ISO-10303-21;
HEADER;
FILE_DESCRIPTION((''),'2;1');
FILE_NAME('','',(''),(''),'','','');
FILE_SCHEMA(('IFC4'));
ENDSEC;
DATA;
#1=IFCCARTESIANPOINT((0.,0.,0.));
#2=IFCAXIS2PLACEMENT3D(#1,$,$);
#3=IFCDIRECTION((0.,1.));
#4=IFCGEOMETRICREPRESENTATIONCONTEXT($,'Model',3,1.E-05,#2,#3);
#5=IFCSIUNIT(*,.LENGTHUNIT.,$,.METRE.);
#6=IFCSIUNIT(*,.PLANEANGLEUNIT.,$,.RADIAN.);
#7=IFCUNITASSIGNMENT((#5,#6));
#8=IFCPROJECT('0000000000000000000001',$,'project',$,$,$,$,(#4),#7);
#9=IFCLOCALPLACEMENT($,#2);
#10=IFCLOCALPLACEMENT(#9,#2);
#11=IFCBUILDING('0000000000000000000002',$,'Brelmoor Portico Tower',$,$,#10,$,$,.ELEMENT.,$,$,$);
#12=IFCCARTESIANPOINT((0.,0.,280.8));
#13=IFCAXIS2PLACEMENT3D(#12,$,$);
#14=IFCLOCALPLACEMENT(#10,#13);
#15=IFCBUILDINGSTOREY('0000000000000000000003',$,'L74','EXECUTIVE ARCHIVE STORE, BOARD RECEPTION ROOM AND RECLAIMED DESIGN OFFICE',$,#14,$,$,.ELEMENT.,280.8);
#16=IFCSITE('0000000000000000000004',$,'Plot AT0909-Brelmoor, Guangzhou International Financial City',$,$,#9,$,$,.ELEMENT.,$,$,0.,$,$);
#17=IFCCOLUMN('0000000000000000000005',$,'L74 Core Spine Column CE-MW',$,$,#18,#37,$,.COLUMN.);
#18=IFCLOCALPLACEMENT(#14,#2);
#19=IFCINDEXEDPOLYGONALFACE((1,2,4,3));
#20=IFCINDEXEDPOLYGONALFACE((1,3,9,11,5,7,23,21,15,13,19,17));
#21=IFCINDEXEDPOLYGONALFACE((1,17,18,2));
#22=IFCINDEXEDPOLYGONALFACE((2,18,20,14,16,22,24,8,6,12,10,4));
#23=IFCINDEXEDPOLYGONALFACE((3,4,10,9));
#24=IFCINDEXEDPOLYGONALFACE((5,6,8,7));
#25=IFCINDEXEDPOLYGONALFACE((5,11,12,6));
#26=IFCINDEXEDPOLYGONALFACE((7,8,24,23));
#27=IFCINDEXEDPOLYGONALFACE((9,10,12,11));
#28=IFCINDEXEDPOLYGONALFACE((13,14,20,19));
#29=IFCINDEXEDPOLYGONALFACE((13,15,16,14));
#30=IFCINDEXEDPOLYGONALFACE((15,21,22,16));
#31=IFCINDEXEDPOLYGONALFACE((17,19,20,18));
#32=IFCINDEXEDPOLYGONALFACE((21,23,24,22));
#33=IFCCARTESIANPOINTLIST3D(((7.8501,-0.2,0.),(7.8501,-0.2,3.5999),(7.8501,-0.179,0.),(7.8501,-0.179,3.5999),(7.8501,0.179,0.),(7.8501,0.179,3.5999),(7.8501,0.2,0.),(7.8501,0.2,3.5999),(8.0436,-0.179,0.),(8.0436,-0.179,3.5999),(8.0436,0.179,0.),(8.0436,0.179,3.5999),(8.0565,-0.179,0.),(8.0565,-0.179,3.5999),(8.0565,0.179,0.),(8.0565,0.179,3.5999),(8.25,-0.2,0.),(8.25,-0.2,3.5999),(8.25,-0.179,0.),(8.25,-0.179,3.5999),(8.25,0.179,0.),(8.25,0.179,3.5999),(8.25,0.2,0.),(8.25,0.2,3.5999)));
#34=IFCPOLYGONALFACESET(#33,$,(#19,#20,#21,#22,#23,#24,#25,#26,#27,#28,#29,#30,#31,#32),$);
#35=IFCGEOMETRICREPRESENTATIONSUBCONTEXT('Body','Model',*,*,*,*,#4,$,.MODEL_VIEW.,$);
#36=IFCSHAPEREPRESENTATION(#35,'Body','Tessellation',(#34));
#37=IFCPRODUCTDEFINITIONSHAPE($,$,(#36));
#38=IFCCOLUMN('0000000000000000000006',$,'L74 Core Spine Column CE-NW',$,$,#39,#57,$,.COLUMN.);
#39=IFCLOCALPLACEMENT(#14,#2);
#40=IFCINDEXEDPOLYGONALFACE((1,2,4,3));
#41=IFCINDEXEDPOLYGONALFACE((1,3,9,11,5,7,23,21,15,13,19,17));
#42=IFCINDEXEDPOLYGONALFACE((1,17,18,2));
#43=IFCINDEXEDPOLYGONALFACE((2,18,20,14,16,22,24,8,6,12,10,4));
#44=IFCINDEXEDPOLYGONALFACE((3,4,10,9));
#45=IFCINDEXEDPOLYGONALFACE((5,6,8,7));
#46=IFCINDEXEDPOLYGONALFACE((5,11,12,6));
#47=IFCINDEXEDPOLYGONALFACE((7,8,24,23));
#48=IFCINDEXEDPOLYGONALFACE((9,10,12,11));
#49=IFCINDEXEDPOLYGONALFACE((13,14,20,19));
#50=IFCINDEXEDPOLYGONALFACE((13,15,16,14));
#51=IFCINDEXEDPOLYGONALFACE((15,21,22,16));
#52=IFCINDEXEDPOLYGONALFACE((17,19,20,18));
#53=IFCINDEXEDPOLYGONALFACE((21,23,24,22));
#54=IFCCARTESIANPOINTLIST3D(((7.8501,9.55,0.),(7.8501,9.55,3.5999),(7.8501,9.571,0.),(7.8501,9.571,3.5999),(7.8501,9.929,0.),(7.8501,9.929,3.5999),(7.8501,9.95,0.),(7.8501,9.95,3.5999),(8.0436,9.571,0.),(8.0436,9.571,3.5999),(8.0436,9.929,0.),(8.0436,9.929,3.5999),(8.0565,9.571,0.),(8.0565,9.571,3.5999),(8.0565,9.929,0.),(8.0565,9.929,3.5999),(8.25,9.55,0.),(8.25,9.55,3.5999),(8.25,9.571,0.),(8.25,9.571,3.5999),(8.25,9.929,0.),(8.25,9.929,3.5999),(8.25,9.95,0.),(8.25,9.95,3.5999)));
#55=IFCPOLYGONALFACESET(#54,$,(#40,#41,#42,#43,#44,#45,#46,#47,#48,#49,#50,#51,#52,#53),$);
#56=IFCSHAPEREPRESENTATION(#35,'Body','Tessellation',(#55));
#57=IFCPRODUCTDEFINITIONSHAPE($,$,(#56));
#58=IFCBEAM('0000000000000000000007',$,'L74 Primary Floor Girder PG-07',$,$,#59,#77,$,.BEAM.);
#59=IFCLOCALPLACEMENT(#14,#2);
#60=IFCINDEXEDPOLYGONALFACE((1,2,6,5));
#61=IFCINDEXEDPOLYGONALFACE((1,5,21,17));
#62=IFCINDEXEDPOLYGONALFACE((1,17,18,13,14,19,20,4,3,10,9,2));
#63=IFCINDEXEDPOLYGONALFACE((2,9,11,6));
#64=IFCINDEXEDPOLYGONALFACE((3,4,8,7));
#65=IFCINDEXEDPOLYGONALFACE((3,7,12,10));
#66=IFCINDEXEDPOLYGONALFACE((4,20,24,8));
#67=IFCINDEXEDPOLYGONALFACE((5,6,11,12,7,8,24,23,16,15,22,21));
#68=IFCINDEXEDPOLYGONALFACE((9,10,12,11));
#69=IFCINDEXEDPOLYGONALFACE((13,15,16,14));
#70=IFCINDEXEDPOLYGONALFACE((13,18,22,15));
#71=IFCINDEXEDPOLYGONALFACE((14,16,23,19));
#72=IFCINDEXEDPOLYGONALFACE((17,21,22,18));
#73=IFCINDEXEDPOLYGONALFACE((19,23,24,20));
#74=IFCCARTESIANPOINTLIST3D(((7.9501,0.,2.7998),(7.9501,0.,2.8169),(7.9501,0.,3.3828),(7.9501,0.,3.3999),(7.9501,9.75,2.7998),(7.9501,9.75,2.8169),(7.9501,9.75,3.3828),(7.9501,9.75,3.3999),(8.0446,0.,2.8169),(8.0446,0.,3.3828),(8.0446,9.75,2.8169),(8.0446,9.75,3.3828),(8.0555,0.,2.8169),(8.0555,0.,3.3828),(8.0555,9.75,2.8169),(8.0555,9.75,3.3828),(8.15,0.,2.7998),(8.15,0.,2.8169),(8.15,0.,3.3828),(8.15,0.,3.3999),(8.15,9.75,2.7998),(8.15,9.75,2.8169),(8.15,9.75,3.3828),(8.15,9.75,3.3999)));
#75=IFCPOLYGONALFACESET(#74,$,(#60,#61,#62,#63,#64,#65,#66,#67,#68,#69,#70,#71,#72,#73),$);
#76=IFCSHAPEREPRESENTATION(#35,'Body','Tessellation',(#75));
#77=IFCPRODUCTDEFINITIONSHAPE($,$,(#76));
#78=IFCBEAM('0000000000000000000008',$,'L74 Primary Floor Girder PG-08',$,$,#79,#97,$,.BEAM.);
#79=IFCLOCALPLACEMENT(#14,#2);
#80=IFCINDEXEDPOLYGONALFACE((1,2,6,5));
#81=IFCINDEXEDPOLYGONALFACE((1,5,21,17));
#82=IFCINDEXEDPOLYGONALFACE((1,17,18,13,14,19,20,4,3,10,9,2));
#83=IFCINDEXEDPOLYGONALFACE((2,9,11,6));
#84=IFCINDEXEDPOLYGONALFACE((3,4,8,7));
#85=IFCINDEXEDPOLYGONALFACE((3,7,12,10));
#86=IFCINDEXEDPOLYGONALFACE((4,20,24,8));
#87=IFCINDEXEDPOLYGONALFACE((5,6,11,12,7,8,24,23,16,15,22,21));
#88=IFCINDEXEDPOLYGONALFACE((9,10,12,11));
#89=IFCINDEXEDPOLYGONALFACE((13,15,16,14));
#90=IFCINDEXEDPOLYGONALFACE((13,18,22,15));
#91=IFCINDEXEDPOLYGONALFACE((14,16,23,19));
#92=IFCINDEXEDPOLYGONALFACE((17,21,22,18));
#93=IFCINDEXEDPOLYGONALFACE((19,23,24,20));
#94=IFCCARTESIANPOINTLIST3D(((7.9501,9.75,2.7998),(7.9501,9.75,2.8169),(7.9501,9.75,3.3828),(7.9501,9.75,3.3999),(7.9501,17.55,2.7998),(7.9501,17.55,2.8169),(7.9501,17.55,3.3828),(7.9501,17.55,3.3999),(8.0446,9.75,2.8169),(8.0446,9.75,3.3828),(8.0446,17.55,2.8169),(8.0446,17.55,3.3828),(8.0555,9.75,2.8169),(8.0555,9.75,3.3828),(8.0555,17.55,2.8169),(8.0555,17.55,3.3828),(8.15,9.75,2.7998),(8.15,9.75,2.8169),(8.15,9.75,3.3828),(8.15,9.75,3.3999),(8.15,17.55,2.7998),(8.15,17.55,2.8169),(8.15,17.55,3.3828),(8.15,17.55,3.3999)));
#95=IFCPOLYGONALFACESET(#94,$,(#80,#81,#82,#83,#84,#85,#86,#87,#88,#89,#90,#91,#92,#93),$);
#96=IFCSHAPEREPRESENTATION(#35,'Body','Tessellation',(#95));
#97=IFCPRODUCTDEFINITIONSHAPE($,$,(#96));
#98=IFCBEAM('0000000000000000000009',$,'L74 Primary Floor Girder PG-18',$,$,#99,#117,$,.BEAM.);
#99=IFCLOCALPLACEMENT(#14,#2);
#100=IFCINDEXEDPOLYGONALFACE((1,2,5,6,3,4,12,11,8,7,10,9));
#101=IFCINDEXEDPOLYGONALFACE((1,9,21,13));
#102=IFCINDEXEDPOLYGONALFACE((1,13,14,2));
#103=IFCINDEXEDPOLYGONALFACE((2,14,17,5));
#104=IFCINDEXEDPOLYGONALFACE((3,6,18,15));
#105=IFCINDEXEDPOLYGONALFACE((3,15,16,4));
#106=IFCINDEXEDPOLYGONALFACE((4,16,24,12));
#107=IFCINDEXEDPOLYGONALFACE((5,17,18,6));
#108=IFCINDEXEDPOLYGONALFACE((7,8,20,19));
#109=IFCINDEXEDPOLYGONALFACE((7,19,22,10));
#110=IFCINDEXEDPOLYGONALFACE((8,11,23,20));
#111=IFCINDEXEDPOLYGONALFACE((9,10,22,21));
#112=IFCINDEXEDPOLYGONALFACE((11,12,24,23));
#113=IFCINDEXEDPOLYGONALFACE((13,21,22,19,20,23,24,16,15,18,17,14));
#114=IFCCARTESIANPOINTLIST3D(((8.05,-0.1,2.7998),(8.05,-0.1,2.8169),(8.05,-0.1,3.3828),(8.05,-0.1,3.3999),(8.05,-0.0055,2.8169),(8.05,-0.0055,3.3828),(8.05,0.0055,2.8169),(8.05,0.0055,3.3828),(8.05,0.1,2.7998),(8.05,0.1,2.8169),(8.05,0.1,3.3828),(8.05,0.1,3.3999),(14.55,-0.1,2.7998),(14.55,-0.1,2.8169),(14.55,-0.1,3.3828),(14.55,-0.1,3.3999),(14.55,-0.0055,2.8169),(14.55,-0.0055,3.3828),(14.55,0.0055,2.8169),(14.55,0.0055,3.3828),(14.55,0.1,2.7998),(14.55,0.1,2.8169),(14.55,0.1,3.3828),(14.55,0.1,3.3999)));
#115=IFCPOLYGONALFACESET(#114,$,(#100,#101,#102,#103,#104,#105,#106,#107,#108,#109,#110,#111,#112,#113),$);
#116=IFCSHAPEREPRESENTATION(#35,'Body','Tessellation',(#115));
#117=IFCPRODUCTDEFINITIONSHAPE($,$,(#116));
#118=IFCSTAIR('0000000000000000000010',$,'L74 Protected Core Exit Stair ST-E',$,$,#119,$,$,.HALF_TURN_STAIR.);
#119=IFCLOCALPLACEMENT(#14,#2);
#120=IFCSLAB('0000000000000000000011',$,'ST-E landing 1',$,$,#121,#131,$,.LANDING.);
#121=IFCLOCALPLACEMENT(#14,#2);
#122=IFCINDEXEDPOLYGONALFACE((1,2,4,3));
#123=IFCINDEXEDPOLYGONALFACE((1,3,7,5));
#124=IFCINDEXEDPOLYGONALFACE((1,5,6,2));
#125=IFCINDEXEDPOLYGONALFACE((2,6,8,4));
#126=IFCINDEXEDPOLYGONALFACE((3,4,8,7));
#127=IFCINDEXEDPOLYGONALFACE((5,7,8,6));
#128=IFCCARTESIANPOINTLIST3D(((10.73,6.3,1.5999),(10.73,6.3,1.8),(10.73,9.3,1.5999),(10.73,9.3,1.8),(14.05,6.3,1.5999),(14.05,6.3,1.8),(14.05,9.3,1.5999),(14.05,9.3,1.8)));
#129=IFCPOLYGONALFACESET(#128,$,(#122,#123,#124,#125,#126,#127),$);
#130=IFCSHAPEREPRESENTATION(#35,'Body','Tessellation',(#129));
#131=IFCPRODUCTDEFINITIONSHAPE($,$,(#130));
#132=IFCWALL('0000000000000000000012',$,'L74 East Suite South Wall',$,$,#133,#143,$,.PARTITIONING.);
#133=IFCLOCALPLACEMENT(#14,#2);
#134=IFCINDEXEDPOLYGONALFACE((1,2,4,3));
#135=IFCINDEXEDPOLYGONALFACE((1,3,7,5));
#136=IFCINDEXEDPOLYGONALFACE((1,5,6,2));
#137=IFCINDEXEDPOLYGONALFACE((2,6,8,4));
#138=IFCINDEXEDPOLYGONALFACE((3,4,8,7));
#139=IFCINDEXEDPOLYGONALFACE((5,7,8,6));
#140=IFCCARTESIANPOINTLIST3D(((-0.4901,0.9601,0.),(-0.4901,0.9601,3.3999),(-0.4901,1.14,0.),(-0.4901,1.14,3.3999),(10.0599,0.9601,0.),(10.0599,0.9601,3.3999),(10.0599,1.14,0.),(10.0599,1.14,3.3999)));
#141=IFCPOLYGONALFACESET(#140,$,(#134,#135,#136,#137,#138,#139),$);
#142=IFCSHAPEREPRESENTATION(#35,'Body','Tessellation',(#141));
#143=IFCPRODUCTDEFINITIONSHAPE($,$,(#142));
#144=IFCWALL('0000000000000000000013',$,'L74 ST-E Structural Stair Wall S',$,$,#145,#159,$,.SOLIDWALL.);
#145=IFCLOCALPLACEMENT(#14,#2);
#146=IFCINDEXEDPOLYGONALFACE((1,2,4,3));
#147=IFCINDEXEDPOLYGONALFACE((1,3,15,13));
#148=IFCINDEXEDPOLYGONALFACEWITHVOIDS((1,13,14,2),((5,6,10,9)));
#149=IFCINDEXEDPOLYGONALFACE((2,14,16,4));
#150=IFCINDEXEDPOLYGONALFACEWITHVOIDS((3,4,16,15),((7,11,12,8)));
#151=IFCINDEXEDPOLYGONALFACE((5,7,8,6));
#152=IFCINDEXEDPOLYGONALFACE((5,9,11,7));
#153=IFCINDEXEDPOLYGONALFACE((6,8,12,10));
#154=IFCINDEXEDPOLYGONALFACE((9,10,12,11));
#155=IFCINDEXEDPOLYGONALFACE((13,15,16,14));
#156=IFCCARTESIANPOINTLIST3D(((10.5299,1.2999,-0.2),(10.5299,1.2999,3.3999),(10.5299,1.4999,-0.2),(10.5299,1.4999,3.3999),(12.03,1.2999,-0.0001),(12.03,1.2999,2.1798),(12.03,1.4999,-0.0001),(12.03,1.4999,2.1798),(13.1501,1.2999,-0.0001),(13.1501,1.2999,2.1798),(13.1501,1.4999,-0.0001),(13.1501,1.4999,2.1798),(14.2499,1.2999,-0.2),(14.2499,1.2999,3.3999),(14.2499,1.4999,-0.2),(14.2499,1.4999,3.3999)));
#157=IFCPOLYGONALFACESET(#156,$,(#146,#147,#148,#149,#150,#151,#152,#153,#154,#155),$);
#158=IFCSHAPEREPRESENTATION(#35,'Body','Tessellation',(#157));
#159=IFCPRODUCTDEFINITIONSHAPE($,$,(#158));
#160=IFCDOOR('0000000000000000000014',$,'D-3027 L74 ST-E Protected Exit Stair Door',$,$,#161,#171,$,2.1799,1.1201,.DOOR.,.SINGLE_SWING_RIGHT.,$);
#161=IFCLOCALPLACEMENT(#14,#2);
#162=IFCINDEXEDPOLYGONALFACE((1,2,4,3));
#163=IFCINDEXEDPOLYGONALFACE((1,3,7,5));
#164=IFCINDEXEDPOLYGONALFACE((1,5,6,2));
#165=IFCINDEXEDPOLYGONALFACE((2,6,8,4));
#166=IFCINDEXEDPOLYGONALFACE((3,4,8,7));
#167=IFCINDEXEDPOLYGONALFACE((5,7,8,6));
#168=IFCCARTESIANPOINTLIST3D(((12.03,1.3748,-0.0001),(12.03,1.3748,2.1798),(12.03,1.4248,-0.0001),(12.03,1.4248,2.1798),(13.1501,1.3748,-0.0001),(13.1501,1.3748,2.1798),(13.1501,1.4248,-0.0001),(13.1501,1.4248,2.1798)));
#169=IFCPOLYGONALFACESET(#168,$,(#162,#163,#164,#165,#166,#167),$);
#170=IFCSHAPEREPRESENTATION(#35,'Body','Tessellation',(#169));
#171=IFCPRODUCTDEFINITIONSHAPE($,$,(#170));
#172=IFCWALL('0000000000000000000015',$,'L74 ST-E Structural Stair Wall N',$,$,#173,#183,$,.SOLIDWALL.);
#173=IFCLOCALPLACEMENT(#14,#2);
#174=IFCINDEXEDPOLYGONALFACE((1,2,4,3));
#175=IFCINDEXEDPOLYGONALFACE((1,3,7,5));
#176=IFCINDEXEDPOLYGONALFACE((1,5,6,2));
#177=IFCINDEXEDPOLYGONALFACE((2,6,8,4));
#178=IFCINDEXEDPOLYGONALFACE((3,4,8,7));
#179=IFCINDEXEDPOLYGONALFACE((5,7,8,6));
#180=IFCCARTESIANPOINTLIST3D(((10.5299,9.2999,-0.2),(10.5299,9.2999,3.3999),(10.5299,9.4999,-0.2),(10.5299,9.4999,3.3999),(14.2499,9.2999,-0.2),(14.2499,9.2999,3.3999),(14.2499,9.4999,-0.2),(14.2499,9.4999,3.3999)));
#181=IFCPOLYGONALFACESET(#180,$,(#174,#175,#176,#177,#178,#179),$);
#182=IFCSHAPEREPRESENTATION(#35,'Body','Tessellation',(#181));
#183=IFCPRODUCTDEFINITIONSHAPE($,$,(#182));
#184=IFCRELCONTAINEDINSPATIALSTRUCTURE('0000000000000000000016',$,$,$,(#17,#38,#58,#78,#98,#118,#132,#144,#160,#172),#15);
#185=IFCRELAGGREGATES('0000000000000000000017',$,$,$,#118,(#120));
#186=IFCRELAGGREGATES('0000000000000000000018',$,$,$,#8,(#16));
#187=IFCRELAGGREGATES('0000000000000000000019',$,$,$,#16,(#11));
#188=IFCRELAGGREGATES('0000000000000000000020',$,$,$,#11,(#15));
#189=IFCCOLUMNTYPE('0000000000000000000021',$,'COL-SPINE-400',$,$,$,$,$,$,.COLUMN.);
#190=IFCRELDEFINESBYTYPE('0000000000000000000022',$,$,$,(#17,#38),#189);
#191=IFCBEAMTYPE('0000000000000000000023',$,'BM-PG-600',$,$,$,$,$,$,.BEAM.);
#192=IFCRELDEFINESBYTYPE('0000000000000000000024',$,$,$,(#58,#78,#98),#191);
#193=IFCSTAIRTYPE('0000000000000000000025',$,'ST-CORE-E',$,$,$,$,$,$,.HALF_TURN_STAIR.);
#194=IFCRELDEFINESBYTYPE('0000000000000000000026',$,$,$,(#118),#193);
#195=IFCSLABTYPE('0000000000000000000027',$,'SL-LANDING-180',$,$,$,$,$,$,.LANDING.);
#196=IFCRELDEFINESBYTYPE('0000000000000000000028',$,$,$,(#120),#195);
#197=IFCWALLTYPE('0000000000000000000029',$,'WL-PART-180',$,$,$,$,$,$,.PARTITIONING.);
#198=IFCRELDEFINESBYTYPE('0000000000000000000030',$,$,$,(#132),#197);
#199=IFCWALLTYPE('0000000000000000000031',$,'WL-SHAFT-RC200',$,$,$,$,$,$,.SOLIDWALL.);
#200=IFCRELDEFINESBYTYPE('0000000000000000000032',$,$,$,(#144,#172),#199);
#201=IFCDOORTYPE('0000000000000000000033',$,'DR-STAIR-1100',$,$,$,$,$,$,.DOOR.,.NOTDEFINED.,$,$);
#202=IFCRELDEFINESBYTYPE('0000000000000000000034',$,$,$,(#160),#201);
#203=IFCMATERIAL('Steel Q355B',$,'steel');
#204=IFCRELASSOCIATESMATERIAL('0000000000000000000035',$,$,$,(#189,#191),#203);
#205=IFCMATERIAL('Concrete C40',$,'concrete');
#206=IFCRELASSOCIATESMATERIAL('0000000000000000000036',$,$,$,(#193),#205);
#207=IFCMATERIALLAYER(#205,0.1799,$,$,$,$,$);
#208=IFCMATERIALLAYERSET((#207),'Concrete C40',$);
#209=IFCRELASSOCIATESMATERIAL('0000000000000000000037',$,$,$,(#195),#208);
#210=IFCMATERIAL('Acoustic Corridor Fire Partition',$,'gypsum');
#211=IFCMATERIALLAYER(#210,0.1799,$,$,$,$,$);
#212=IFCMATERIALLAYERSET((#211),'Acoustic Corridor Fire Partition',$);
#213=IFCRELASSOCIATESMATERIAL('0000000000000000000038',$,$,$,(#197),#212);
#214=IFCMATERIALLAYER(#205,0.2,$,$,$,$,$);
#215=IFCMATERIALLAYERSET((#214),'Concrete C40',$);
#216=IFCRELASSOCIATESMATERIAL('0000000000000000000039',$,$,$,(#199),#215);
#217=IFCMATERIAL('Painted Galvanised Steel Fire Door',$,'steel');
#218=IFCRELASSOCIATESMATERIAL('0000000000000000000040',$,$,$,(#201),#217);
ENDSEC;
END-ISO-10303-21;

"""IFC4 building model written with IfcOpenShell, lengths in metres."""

from ifc_helpers import new_model, si_unit, direction, frame, frame_2d, origin, origin_2d, place, context, subcontext, project, spatial, polyline, rectangle, i_section, outline, extrude, material, layer, layer_set, material_profile, profile_set, type_object, element, fill, aggregate, save


model = new_model("IFC4")

# Units and contexts
model_context = context("Model", 3, precision=1e-05, world=origin(), true_north=direction((0.0, 1.0)))
body_context = subcontext(model_context, "Body", "Model", "MODEL_VIEW")
ifc_project = project(units=[si_unit("LENGTHUNIT", "METRE"), si_unit("PLANEANGLEUNIT", "RADIAN")], contexts=[model_context])

# Site, building, storey
site_placement = place(None, origin())
site = spatial("IfcSite", under=ifc_project, at=site_placement, Name="Plot AT0909-Brelmoor, Guangzhou International Financial City", CompositionType="ELEMENT", RefElevation=0.0)
building_placement = place(site_placement, origin())
building = spatial("IfcBuilding", under=site, at=building_placement, Name="Brelmoor Portico Tower", CompositionType="ELEMENT")
storey_placement = place(building_placement, frame((0.0, 0.0, 280.8)))
storey = spatial("IfcBuildingStorey", under=building, at=storey_placement, Name="L74", Description="EXECUTIVE ARCHIVE STORE, BOARD RECEPTION ROOM AND RECLAIMED DESIGN OFFICE", CompositionType="ELEMENT", Elevation=280.8)

# Columns
ifc_material_1 = material(Name="Steel Q355B", Category="steel")
ifc_material_profile_1 = material_profile(ifc_material_1, i_section(OverallWidth=0.3999, OverallDepth=0.3999, WebThickness=0.0129, FlangeThickness=0.021, at=origin_2d()), Name="HW 400x400x13x21")
ifc_profile_set_1 = profile_set([ifc_material_profile_1], Name="Steel Q355B")
column_type = type_object("IfcColumnType", Name="COL-SPINE-400", PredefinedType="COLUMN", material=ifc_profile_set_1)
for number, where, z_axis, x_axis, name in (
    (1, (8.05, 0.0, 0.0), (0.0, 0.0, 1.0), (1.0, 0.0, 0.0), "L74 Core Spine Column CE-MW"),
    (2, (8.05, 9.75, 0.0), (0.0, 0.0, 1.0), (1.0, 0.0, 0.0), "L74 Core Spine Column CE-NW"),
):
    element("IfcColumn", number, at=place(storey_placement, frame(where, z_axis=z_axis, x_axis=x_axis)), inside=storey, type_object=column_type, Name=name, PredefinedType="COLUMN", context=body_context, shape_type="SweptSolid", body=[
        extrude(i_section(OverallWidth=0.3999, OverallDepth=0.3999, WebThickness=0.0129, FlangeThickness=0.021, at=origin_2d()), origin(), (0.0, 0.0, 1.0), 3.5999),
    ])

# Beams
ifc_material_profile_2 = material_profile(ifc_material_1, i_section(OverallWidth=0.2, OverallDepth=0.6001, WebThickness=0.011, FlangeThickness=0.0171, at=origin_2d()), Name="HN 600x200x11x17")
ifc_profile_set_2 = profile_set([ifc_material_profile_2], Name="Steel Q355B")
beam_type = type_object("IfcBeamType", Name="BM-PG-600", PredefinedType="BEAM", material=ifc_profile_set_2)
beam_1_placement = place(storey_placement, frame((8.05, 0.0, 3.0999), z_axis=(0.0, 1.0, 0.0), x_axis=(-1.0, 0.0, 0.0)))
element("IfcBeam", 3, at=beam_1_placement, inside=storey, type_object=beam_type, Name="L74 Primary Floor Girder PG-07", PredefinedType="BEAM", context=body_context, shape_type="SweptSolid", body=[
    extrude(i_section(OverallWidth=0.2, OverallDepth=0.6001, WebThickness=0.011, FlangeThickness=0.0171, at=origin_2d()), origin(), (0.0, 0.0, 1.0), 9.75),
])
beam_2_placement = place(storey_placement, frame((8.05, 9.75, 3.0999), z_axis=(0.0, 1.0, 0.0), x_axis=(-1.0, 0.0, 0.0)))
element("IfcBeam", 4, at=beam_2_placement, inside=storey, type_object=beam_type, Name="L74 Primary Floor Girder PG-08", PredefinedType="BEAM", context=body_context, shape_type="SweptSolid", body=[
    extrude(i_section(OverallWidth=0.2, OverallDepth=0.6001, WebThickness=0.011, FlangeThickness=0.0171, at=origin_2d()), origin(), (0.0, 0.0, 1.0), 7.8),
])
beam_3_placement = place(storey_placement, frame((8.05, 0.0, 3.0999), z_axis=(1.0, 0.0, 0.0), x_axis=(0.0, 1.0, 0.0)))
element("IfcBeam", 5, at=beam_3_placement, inside=storey, type_object=beam_type, Name="L74 Primary Floor Girder PG-18", PredefinedType="BEAM", context=body_context, shape_type="SweptSolid", body=[
    extrude(i_section(OverallWidth=0.2, OverallDepth=0.6001, WebThickness=0.011, FlangeThickness=0.0171, at=origin_2d()), origin(), (0.0, 0.0, 1.0), 6.5),
])

# Stair, slab
ifc_material_2 = material(Name="Concrete C40", Category="concrete")
stair_type = type_object("IfcStairType", Name="ST-CORE-E", PredefinedType="HALF_TURN_STAIR", material=ifc_material_2)
stair_placement = place(storey_placement, origin())
stair = element("IfcStair", 6, at=stair_placement, inside=storey, type_object=stair_type, Name="L74 Protected Core Exit Stair ST-E", PredefinedType="HALF_TURN_STAIR")
ifc_layer_1 = layer(ifc_material_2, 0.1799)
ifc_layer_set_1 = layer_set([ifc_layer_1], Name="Concrete C40")
slab_type = type_object("IfcSlabType", Name="SL-LANDING-180", PredefinedType="LANDING", material=ifc_layer_set_1)
slab_placement = place(storey_placement, frame((0.0, 0.0, 1.5999)))
slab = element("IfcSlab", 7, at=slab_placement, type_object=slab_type, Name="ST-E landing 1", PredefinedType="LANDING", context=body_context, shape_type="SweptSolid", body=[
    extrude(outline(polyline([(14.05, 6.3), (14.05, 9.3), (10.73, 9.3), (10.73, 6.3), (14.05, 6.3)])), origin(), (0.0, 0.0, 1.0), 0.2002),
])

# Wall
ifc_material_3 = material(Name="Acoustic Corridor Fire Partition", Category="gypsum")
ifc_layer_2 = layer(ifc_material_3, 0.1799)
ifc_layer_set_2 = layer_set([ifc_layer_2], Name="Acoustic Corridor Fire Partition")
wall_type_1 = type_object("IfcWallType", Name="WL-PART-180", PredefinedType="PARTITIONING", material=ifc_layer_set_2)
wall_1_placement = place(storey_placement, frame((-0.49, 1.05, 0.0), z_axis=(0.0, 0.0, 1.0), x_axis=(1.0, 0.0, 0.0)))
element("IfcWall", 8, at=wall_1_placement, inside=storey, type_object=wall_type_1, Name="L74 East Suite South Wall", PredefinedType="PARTITIONING", context=body_context, shape_type="SweptSolid", body=[
    extrude(rectangle(XDim=10.55, YDim=0.1799, at=frame_2d((5.2749, 0.0))), origin(), (0.0, 0.0, 1.0), 3.3999),
])

# Wall, opening, door
ifc_layer_3 = layer(ifc_material_2, 0.2)
ifc_layer_set_3 = layer_set([ifc_layer_3], Name="Concrete C40")
wall_type_2 = type_object("IfcWallType", Name="WL-SHAFT-RC200", PredefinedType="SOLIDWALL", material=ifc_layer_set_3)
wall_2_placement = place(storey_placement, frame((10.53, 1.3999, -0.2), z_axis=(0.0, 0.0, 1.0), x_axis=(1.0, 0.0, 0.0)))
wall_2 = element("IfcWall", 9, at=wall_2_placement, inside=storey, type_object=wall_type_2, Name="L74 ST-E Structural Stair Wall S", PredefinedType="SOLIDWALL", context=body_context, shape_type="SweptSolid", body=[
    extrude(rectangle(XDim=3.72, YDim=0.2, at=frame_2d((1.8599, 0.0))), origin(), (0.0, 0.0, 1.0), 3.5999),
])
opening_placement = place(wall_2_placement, frame((1.5, 0.0, 0.2)))
opening = element("IfcOpeningElement", 10, at=opening_placement, cuts=wall_2, PredefinedType="OPENING", context=body_context, shape_type="SweptSolid", body=[
    extrude(rectangle(XDim=1.1201, YDim=2.1799, at=frame_2d((0.5601, 1.0898))), frame((0.0, 0.1099, 0.0), z_axis=(0.0, -1.0, 0.0), x_axis=(1.0, 0.0, 0.0)), (0.0, 0.0, 1.0), 0.22),
])
ifc_material_4 = material(Name="Painted Galvanised Steel Fire Door", Category="steel")
door_type = type_object("IfcDoorType", Name="DR-STAIR-1100", OperationType="NOTDEFINED", PredefinedType="DOOR", material=ifc_material_4)
door_placement = place(opening_placement, origin())
door = element("IfcDoor", 11, at=door_placement, inside=storey, type_object=door_type, Name="D-3027 L74 ST-E Protected Exit Stair Door", OperationType="SINGLE_SWING_RIGHT", OverallHeight=2.1799, OverallWidth=1.1201, PredefinedType="DOOR", context=body_context, shape_type="SweptSolid", body=[
    extrude(rectangle(XDim=1.1201, YDim=2.1799, at=frame_2d((0.5601, 1.0898))), frame((0.0, 0.0249, 0.0), z_axis=(0.0, -1.0, 0.0), x_axis=(1.0, 0.0, 0.0)), (0.0, 0.0, 1.0), 0.05),
])
fill(opening, door)

# Wall
wall_3_placement = place(storey_placement, frame((10.53, 9.3999, -0.2), z_axis=(0.0, 0.0, 1.0), x_axis=(1.0, 0.0, 0.0)))
element("IfcWall", 12, at=wall_3_placement, inside=storey, type_object=wall_type_2, Name="L74 ST-E Structural Stair Wall N", PredefinedType="SOLIDWALL", context=body_context, shape_type="SweptSolid", body=[
    extrude(rectangle(XDim=3.72, YDim=0.2, at=frame_2d((1.8599, 0.0))), origin(), (0.0, 0.0, 1.0), 3.5999),
])

aggregate(stair, [slab])

save(model, "model.ifc")
